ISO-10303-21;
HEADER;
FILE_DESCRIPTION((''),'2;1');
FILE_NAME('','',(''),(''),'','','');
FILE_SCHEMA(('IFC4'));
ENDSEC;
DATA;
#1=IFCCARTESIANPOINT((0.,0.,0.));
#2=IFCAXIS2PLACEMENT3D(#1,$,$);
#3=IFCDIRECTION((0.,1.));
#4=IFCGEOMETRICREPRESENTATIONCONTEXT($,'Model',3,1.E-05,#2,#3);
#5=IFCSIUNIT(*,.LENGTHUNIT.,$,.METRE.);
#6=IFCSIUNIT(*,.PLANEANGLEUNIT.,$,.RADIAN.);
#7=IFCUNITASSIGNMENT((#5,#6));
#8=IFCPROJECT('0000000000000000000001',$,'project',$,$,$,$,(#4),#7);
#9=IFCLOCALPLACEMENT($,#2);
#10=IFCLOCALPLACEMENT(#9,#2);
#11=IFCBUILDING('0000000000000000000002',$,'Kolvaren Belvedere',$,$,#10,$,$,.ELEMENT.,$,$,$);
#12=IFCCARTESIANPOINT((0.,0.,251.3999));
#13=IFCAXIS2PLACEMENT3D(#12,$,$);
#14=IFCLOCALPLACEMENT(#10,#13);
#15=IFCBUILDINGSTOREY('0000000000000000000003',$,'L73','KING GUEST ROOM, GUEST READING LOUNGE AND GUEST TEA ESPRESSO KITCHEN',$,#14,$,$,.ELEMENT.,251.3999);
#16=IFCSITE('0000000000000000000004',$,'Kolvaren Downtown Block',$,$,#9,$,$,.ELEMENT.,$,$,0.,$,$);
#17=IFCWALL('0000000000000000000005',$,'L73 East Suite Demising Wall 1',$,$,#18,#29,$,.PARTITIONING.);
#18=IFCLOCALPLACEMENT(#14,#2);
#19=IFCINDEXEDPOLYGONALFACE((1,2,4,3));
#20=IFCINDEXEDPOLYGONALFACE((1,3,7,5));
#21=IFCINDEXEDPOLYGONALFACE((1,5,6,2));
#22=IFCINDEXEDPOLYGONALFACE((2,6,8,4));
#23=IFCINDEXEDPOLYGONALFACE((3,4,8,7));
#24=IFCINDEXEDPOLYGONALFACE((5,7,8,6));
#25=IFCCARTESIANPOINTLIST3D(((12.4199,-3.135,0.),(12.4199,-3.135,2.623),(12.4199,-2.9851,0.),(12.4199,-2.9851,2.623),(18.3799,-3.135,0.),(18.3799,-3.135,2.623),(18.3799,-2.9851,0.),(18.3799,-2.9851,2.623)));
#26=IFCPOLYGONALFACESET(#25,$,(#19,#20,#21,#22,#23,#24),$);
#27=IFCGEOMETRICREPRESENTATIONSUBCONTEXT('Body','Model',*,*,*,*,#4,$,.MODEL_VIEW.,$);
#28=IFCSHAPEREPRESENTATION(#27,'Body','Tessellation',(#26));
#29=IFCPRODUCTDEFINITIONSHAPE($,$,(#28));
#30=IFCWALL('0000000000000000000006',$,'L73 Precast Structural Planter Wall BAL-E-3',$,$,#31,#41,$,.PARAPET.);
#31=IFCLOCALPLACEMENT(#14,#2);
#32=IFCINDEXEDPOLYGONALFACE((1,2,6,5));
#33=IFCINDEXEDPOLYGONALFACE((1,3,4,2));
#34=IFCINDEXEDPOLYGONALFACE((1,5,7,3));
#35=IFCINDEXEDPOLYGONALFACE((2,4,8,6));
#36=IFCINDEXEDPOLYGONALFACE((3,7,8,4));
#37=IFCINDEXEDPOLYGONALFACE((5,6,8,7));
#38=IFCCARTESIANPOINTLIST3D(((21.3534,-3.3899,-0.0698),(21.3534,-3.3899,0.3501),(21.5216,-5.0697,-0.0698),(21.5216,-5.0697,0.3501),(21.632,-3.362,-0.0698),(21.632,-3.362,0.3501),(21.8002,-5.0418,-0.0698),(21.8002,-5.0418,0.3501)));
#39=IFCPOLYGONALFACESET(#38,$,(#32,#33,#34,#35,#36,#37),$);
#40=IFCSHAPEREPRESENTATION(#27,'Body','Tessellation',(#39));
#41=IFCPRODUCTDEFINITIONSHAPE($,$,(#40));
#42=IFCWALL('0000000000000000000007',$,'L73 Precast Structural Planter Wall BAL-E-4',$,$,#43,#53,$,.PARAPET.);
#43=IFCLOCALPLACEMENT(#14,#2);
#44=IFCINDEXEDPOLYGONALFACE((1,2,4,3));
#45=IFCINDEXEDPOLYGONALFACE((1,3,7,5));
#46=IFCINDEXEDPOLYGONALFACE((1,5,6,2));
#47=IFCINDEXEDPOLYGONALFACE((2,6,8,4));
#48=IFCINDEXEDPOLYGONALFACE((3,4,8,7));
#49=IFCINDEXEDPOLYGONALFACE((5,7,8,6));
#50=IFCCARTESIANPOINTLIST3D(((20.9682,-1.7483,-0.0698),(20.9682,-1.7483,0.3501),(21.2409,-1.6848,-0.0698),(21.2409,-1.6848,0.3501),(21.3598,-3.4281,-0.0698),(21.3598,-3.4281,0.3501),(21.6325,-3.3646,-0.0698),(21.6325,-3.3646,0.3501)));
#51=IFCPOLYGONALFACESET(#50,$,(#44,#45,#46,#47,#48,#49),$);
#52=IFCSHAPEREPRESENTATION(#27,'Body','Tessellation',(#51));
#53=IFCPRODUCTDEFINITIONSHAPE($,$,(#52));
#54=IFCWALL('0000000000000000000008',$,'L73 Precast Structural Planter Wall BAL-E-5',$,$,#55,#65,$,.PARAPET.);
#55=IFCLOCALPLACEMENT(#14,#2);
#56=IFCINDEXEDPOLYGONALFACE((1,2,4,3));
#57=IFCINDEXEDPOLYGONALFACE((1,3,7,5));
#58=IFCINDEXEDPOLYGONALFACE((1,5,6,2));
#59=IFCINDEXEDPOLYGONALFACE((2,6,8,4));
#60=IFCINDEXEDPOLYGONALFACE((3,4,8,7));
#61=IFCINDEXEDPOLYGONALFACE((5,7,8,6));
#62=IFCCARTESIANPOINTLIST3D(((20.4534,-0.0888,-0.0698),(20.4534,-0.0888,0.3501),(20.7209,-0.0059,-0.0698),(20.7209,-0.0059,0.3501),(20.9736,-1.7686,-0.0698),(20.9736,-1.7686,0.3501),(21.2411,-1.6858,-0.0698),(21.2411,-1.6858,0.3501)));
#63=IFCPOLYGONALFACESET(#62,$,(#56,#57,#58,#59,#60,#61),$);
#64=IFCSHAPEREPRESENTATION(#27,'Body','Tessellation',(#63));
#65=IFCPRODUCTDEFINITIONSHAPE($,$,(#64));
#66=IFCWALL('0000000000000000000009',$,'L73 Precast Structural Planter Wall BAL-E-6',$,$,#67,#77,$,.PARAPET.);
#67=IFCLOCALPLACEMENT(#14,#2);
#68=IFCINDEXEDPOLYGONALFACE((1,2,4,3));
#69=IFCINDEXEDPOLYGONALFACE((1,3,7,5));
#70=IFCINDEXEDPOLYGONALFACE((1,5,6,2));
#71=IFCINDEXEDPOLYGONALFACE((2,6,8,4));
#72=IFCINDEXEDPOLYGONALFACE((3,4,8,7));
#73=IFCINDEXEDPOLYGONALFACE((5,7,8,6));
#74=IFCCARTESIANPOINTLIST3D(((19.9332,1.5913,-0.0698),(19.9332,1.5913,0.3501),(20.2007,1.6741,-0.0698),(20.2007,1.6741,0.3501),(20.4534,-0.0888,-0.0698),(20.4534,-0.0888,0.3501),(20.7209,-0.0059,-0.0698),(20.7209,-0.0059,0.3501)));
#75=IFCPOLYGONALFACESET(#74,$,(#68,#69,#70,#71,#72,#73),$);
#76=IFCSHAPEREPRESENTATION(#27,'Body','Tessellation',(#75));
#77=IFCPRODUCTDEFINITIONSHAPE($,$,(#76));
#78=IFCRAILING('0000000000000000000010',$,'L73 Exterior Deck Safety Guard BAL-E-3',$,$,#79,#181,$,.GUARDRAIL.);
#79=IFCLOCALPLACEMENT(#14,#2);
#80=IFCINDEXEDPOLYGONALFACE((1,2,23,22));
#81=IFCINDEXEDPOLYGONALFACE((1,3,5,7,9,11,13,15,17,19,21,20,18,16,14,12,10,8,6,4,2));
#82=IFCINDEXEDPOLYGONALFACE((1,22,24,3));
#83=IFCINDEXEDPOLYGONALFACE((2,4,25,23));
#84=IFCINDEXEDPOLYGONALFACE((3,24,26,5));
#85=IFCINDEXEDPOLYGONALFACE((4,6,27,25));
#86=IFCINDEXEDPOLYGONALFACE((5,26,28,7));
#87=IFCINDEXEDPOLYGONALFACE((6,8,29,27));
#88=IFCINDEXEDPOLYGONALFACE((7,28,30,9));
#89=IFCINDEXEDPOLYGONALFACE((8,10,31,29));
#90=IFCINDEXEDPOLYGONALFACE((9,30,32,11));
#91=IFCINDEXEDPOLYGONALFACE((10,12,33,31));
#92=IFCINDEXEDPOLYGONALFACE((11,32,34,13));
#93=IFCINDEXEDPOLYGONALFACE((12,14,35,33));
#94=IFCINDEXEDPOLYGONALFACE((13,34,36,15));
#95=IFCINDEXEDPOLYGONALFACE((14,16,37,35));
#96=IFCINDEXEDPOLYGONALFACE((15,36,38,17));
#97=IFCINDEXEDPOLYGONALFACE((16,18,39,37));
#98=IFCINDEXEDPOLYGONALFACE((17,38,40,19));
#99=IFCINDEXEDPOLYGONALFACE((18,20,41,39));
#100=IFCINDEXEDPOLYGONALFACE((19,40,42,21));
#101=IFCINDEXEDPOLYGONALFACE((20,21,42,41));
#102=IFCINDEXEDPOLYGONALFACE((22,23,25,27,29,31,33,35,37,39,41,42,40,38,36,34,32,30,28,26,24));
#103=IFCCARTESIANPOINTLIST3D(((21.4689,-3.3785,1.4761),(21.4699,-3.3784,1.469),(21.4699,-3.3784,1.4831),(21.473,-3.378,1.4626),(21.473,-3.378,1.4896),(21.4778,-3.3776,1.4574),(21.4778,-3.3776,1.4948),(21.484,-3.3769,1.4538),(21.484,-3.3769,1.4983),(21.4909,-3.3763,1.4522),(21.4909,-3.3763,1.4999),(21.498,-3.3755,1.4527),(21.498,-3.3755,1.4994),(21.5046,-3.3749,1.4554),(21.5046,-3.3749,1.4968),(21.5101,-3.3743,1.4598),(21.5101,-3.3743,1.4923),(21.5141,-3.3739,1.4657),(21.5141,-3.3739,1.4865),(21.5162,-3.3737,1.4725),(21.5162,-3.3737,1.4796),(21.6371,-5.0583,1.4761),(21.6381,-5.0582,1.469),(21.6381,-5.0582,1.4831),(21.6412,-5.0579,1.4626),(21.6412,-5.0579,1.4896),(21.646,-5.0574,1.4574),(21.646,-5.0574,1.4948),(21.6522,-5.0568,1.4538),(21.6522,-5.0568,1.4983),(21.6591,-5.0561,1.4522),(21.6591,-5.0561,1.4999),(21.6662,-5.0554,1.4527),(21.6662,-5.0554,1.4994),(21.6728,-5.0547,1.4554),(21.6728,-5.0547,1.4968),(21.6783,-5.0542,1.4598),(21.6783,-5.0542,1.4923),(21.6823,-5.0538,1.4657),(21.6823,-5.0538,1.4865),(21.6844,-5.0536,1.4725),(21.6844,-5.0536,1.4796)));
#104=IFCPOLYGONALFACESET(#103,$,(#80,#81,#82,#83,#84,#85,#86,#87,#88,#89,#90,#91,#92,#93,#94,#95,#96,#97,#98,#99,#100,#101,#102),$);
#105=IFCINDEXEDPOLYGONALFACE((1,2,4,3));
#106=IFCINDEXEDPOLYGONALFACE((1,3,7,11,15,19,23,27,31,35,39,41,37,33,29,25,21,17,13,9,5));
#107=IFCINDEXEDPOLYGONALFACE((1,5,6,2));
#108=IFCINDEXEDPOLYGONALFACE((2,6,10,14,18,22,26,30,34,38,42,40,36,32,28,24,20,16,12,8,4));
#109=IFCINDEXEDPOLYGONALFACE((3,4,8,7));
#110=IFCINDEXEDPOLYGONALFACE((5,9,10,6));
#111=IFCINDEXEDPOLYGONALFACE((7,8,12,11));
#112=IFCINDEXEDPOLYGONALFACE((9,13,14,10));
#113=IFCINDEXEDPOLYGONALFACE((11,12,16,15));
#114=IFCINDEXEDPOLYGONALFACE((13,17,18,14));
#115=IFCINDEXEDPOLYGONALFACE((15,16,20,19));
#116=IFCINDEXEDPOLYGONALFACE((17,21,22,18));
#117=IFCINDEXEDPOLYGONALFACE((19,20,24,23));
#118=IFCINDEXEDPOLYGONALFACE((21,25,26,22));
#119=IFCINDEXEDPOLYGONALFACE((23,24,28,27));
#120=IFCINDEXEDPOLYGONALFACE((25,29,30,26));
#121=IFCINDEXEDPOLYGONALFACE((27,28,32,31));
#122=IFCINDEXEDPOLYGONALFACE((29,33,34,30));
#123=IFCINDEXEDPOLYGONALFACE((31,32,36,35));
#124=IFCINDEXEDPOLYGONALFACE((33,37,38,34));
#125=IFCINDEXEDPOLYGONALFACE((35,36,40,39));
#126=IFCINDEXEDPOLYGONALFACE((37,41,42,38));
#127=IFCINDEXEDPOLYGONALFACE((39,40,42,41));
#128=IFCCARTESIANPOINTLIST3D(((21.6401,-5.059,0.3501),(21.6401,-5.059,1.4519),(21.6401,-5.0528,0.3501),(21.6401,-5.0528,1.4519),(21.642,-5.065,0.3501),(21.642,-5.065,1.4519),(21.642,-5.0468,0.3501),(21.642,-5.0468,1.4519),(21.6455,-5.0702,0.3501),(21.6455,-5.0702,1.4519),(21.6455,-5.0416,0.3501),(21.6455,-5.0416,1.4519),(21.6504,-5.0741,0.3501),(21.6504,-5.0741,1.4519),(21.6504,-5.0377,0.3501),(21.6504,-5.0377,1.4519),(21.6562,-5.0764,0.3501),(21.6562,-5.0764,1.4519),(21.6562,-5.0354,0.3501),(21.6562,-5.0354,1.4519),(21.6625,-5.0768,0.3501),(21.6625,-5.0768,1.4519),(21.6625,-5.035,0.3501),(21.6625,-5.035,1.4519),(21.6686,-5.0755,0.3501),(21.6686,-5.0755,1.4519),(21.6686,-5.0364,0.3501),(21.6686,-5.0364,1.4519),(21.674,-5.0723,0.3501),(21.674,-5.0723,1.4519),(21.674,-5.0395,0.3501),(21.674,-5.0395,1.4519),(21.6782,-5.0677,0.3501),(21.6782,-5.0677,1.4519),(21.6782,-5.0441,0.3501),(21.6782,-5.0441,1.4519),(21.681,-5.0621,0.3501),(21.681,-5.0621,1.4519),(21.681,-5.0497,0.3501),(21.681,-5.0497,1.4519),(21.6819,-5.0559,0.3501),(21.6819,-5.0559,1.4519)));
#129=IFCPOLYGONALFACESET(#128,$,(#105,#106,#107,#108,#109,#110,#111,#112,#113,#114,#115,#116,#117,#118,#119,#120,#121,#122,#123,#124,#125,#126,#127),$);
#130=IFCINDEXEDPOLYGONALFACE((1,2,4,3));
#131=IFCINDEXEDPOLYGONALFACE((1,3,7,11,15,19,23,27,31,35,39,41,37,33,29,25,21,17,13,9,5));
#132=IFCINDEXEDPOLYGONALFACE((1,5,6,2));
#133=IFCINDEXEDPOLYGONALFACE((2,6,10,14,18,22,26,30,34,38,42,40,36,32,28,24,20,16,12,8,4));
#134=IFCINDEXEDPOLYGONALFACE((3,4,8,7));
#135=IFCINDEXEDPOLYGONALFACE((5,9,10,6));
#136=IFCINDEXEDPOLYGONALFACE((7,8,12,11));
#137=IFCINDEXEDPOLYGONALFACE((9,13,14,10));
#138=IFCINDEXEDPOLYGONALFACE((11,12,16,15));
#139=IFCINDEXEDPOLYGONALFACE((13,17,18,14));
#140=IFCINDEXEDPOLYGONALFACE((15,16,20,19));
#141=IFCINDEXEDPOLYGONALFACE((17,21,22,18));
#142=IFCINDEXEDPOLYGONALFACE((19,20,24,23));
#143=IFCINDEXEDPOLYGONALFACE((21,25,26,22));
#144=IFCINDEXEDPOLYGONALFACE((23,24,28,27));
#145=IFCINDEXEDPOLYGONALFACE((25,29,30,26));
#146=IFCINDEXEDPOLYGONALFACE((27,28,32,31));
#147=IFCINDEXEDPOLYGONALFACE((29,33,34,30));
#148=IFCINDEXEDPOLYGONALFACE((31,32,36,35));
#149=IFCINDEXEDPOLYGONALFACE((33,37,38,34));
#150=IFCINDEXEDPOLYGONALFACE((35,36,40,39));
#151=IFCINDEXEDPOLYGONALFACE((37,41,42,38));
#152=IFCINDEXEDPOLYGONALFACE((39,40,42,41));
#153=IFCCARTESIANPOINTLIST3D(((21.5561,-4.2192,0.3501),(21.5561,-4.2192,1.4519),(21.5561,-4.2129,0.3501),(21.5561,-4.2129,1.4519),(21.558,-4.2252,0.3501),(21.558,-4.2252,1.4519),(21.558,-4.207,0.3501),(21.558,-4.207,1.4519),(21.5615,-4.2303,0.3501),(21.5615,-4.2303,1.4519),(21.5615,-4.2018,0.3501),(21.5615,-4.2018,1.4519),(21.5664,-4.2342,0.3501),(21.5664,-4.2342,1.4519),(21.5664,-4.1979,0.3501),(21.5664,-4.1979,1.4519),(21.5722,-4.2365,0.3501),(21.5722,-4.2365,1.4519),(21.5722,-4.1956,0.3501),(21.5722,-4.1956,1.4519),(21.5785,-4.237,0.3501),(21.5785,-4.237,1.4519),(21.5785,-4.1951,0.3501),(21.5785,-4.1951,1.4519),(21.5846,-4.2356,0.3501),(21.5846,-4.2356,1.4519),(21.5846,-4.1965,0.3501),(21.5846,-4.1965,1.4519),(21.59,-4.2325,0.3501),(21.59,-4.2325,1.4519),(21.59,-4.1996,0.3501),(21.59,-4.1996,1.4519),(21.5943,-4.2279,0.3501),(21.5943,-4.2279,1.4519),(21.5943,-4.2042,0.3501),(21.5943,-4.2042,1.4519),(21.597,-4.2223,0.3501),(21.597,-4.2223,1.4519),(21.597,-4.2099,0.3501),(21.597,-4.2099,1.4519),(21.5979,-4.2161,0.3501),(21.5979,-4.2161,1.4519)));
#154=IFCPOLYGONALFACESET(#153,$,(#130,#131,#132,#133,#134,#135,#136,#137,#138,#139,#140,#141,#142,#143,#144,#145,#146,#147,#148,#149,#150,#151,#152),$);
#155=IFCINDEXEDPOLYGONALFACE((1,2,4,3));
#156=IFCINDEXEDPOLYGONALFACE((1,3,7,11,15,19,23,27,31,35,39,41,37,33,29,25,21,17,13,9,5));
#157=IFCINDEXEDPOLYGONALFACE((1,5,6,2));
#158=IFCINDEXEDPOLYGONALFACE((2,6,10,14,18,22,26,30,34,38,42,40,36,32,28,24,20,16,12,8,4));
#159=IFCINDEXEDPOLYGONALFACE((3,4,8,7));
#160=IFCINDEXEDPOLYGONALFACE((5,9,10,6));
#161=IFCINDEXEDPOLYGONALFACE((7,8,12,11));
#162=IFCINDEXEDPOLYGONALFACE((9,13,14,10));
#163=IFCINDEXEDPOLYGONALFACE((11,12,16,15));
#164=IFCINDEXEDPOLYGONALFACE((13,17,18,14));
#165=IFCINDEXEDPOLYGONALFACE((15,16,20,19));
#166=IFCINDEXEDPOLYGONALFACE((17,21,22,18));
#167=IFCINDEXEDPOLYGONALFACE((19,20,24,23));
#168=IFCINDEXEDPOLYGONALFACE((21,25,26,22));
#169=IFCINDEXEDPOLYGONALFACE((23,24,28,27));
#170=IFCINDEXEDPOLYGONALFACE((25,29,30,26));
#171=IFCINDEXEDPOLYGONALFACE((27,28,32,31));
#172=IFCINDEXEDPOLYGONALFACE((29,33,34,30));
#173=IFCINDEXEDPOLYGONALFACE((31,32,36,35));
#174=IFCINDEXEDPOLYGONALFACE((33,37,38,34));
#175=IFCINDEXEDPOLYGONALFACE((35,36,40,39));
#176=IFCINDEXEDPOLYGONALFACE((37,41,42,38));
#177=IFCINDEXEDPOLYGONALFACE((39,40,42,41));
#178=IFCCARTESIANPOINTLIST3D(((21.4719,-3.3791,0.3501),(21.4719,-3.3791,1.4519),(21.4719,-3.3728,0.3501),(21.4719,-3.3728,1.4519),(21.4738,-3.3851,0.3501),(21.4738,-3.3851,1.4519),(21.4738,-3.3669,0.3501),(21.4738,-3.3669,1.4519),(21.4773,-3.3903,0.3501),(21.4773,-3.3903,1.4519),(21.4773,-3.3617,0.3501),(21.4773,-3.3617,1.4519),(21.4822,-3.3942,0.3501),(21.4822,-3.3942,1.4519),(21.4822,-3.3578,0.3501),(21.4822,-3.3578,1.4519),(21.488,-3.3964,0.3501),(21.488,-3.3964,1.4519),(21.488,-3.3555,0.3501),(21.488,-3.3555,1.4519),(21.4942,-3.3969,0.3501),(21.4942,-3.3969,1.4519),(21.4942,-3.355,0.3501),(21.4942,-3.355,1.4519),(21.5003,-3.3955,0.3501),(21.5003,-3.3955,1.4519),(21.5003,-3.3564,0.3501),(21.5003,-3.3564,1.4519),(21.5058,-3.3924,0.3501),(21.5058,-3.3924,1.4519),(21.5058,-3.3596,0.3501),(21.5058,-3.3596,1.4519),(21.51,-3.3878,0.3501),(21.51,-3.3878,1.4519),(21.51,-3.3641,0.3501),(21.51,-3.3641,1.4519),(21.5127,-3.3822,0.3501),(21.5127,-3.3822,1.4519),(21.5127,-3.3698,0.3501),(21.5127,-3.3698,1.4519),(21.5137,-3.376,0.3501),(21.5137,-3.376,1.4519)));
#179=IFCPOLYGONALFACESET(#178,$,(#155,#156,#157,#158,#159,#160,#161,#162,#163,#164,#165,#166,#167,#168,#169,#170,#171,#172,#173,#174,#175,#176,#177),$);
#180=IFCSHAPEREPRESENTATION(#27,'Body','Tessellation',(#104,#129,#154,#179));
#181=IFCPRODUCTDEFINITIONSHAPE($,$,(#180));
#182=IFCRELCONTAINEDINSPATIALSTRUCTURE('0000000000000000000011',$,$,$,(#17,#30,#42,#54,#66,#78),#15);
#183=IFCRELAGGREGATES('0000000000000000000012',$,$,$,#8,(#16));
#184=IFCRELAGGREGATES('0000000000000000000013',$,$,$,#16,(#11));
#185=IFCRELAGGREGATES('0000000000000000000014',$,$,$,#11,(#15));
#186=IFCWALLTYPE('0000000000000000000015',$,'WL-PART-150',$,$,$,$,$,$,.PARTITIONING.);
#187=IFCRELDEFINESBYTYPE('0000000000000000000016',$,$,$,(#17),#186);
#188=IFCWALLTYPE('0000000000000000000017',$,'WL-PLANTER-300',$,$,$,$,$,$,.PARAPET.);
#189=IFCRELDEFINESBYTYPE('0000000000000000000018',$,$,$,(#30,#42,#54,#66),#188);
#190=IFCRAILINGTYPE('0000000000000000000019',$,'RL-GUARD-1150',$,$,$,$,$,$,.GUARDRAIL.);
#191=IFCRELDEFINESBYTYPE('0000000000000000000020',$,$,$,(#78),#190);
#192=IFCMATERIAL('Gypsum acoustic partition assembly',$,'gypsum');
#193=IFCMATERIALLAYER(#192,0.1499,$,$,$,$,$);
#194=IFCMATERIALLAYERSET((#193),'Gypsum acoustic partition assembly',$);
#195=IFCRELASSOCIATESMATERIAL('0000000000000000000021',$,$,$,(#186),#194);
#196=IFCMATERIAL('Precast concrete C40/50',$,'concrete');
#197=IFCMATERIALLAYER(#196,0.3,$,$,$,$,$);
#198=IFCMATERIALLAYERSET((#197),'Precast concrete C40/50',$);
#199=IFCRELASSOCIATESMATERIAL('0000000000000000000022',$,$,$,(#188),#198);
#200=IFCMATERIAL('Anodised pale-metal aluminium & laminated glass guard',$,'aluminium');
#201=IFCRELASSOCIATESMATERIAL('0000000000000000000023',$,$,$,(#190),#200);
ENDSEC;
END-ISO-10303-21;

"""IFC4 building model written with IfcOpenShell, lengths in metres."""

from ifc_helpers import new_model, si_unit, direction, frame, frame_2d, origin, origin_2d, place, context, subcontext, project, spatial, rectangle, circle, extrude, material, layer, layer_set, type_object, element, save


model = new_model("IFC4")

# Units and contexts
model_context = context("Model", 3, precision=1e-05, world=origin(), true_north=direction((0.0, 1.0)))
body_context = subcontext(model_context, "Body", "Model", "MODEL_VIEW")
ifc_project = project(units=[si_unit("LENGTHUNIT", "METRE"), si_unit("PLANEANGLEUNIT", "RADIAN")], contexts=[model_context])

# Site, building, storey
site_placement = place(None, origin())
site = spatial("IfcSite", under=ifc_project, at=site_placement, Name="Kolvaren Downtown Block", CompositionType="ELEMENT", RefElevation=0.0)
building_placement = place(site_placement, origin())
building = spatial("IfcBuilding", under=site, at=building_placement, Name="Kolvaren Belvedere", CompositionType="ELEMENT")
storey_placement = place(building_placement, frame((0.0, 0.0, 251.3999)))
storey = spatial("IfcBuildingStorey", under=building, at=storey_placement, Name="L73", Description="KING GUEST ROOM, GUEST READING LOUNGE AND GUEST TEA ESPRESSO KITCHEN", CompositionType="ELEMENT", Elevation=251.3999)

# Walls
ifc_material_1 = material(Name="Gypsum acoustic partition assembly", Category="gypsum")
ifc_layer_1 = layer(ifc_material_1, 0.1499)
ifc_layer_set_1 = layer_set([ifc_layer_1], Name="Gypsum acoustic partition assembly")
wall_type_1 = type_object("IfcWallType", Name="WL-PART-150", PredefinedType="PARTITIONING", material=ifc_layer_set_1)
wall_1_placement = place(storey_placement, frame((12.4199, -3.0601, 0.0), z_axis=(0.0, 0.0, 1.0), x_axis=(1.0, 0.0, 0.0)))
element("IfcWall", 1, at=wall_1_placement, inside=storey, type_object=wall_type_1, Name="L73 East Suite Demising Wall 1", PredefinedType="PARTITIONING", context=body_context, shape_type="SweptSolid", body=[
    extrude(rectangle(XDim=5.96, YDim=0.1499, at=frame_2d((2.98, 0.0))), origin(), (0.0, 0.0, 1.0), 2.623),
])
ifc_material_2 = material(Name="Precast concrete C40/50", Category="concrete")
ifc_layer_2 = layer(ifc_material_2, 0.3)
ifc_layer_set_2 = layer_set([ifc_layer_2], Name="Precast concrete C40/50")
wall_type_2 = type_object("IfcWallType", Name="WL-PLANTER-300", PredefinedType="PARAPET", material=ifc_layer_set_2)
wall_2_placement = place(storey_placement, frame((21.6609, -5.0559, -0.0698), z_axis=(0.0, 0.0, 1.0), x_axis=(-0.099633, 0.995024, 0.0)))
element("IfcWall", 2, at=wall_2_placement, inside=storey, type_object=wall_type_2, Name="L73 Precast Structural Planter Wall BAL-E-3", PredefinedType="PARAPET", context=body_context, shape_type="SweptSolid", body=[
    extrude(rectangle(XDim=1.6882, YDim=0.28, at=frame_2d((0.8442, 0.0))), origin(), (0.0, 0.0, 1.0), 0.4199),
])
wall_3_placement = place(storey_placement, frame((21.4961, -3.3962, -0.0698), z_axis=(0.0, 0.0, 1.0), x_axis=(-0.227019, 0.97389, 0.0)))
element("IfcWall", 3, at=wall_3_placement, inside=storey, type_object=wall_type_2, Name="L73 Precast Structural Planter Wall BAL-E-4", PredefinedType="PARAPET", context=body_context, shape_type="SweptSolid", body=[
    extrude(rectangle(XDim=1.7249, YDim=0.28, at=frame_2d((0.8623, 0.0))), origin(), (0.0, 0.0, 1.0), 0.4199),
])
wall_4_placement = place(storey_placement, frame((21.1074, -1.7273, -0.0698), z_axis=(0.0, 0.0, 1.0), x_axis=(-0.295832, 0.95524, 0.0)))
element("IfcWall", 4, at=wall_4_placement, inside=storey, type_object=wall_type_2, Name="L73 Precast Structural Planter Wall BAL-E-5", PredefinedType="PARAPET", context=body_context, shape_type="SweptSolid", body=[
    extrude(rectangle(XDim=1.7585, YDim=0.28, at=frame_2d((0.8794, 0.0))), origin(), (0.0, 0.0, 1.0), 0.4199),
])
wall_5_placement = place(storey_placement, frame((20.5872, -0.0474, -0.0698), z_axis=(0.0, 0.0, 1.0), x_axis=(-0.295792, 0.955252, 0.0)))
element("IfcWall", 5, at=wall_5_placement, inside=storey, type_object=wall_type_2, Name="L73 Precast Structural Planter Wall BAL-E-6", PredefinedType="PARAPET", context=body_context, shape_type="SweptSolid", body=[
    extrude(rectangle(XDim=1.7588, YDim=0.28, at=frame_2d((0.8794, 0.0))), origin(), (0.0, 0.0, 1.0), 0.4199),
])

# Railing
ifc_material_3 = material(Name="Anodised pale-metal aluminium & laminated glass guard", Category="aluminium")
railing_type = type_object("IfcRailingType", Name="RL-GUARD-1150", PredefinedType="GUARDRAIL", material=ifc_material_3)
railing_1_placement = place(storey_placement, frame((21.6609, -5.0559, 0.3501)))
element("IfcRailing", 6, at=railing_1_placement, inside=storey, type_object=railing_type, Name="L73 Exterior Deck Safety Guard BAL-E-3", PredefinedType="GUARDRAIL", context=body_context, shape_type="SweptSolid", body=[
    extrude(circle(Radius=0.0239, at=origin_2d()), frame((0.0, 0.0, 1.126), z_axis=(-0.099633, 0.995024, 0.0), x_axis=(-0.995024, -0.099633, 0.0)), (0.0, 0.0, 1.0), 1.6882),
    extrude(circle(Radius=0.021, at=origin_2d()), origin(), (0.0, 0.0, 1.0), 1.1018),
    extrude(circle(Radius=0.021, at=origin_2d()), frame((-0.084, 0.8398, 0.0)), (0.0, 0.0, 1.0), 1.1018),
    extrude(circle(Radius=0.021, at=origin_2d()), frame((-0.1682, 1.6799, 0.0)), (0.0, 0.0, 1.0), 1.1018),
])

save(model, "model.ifc")
